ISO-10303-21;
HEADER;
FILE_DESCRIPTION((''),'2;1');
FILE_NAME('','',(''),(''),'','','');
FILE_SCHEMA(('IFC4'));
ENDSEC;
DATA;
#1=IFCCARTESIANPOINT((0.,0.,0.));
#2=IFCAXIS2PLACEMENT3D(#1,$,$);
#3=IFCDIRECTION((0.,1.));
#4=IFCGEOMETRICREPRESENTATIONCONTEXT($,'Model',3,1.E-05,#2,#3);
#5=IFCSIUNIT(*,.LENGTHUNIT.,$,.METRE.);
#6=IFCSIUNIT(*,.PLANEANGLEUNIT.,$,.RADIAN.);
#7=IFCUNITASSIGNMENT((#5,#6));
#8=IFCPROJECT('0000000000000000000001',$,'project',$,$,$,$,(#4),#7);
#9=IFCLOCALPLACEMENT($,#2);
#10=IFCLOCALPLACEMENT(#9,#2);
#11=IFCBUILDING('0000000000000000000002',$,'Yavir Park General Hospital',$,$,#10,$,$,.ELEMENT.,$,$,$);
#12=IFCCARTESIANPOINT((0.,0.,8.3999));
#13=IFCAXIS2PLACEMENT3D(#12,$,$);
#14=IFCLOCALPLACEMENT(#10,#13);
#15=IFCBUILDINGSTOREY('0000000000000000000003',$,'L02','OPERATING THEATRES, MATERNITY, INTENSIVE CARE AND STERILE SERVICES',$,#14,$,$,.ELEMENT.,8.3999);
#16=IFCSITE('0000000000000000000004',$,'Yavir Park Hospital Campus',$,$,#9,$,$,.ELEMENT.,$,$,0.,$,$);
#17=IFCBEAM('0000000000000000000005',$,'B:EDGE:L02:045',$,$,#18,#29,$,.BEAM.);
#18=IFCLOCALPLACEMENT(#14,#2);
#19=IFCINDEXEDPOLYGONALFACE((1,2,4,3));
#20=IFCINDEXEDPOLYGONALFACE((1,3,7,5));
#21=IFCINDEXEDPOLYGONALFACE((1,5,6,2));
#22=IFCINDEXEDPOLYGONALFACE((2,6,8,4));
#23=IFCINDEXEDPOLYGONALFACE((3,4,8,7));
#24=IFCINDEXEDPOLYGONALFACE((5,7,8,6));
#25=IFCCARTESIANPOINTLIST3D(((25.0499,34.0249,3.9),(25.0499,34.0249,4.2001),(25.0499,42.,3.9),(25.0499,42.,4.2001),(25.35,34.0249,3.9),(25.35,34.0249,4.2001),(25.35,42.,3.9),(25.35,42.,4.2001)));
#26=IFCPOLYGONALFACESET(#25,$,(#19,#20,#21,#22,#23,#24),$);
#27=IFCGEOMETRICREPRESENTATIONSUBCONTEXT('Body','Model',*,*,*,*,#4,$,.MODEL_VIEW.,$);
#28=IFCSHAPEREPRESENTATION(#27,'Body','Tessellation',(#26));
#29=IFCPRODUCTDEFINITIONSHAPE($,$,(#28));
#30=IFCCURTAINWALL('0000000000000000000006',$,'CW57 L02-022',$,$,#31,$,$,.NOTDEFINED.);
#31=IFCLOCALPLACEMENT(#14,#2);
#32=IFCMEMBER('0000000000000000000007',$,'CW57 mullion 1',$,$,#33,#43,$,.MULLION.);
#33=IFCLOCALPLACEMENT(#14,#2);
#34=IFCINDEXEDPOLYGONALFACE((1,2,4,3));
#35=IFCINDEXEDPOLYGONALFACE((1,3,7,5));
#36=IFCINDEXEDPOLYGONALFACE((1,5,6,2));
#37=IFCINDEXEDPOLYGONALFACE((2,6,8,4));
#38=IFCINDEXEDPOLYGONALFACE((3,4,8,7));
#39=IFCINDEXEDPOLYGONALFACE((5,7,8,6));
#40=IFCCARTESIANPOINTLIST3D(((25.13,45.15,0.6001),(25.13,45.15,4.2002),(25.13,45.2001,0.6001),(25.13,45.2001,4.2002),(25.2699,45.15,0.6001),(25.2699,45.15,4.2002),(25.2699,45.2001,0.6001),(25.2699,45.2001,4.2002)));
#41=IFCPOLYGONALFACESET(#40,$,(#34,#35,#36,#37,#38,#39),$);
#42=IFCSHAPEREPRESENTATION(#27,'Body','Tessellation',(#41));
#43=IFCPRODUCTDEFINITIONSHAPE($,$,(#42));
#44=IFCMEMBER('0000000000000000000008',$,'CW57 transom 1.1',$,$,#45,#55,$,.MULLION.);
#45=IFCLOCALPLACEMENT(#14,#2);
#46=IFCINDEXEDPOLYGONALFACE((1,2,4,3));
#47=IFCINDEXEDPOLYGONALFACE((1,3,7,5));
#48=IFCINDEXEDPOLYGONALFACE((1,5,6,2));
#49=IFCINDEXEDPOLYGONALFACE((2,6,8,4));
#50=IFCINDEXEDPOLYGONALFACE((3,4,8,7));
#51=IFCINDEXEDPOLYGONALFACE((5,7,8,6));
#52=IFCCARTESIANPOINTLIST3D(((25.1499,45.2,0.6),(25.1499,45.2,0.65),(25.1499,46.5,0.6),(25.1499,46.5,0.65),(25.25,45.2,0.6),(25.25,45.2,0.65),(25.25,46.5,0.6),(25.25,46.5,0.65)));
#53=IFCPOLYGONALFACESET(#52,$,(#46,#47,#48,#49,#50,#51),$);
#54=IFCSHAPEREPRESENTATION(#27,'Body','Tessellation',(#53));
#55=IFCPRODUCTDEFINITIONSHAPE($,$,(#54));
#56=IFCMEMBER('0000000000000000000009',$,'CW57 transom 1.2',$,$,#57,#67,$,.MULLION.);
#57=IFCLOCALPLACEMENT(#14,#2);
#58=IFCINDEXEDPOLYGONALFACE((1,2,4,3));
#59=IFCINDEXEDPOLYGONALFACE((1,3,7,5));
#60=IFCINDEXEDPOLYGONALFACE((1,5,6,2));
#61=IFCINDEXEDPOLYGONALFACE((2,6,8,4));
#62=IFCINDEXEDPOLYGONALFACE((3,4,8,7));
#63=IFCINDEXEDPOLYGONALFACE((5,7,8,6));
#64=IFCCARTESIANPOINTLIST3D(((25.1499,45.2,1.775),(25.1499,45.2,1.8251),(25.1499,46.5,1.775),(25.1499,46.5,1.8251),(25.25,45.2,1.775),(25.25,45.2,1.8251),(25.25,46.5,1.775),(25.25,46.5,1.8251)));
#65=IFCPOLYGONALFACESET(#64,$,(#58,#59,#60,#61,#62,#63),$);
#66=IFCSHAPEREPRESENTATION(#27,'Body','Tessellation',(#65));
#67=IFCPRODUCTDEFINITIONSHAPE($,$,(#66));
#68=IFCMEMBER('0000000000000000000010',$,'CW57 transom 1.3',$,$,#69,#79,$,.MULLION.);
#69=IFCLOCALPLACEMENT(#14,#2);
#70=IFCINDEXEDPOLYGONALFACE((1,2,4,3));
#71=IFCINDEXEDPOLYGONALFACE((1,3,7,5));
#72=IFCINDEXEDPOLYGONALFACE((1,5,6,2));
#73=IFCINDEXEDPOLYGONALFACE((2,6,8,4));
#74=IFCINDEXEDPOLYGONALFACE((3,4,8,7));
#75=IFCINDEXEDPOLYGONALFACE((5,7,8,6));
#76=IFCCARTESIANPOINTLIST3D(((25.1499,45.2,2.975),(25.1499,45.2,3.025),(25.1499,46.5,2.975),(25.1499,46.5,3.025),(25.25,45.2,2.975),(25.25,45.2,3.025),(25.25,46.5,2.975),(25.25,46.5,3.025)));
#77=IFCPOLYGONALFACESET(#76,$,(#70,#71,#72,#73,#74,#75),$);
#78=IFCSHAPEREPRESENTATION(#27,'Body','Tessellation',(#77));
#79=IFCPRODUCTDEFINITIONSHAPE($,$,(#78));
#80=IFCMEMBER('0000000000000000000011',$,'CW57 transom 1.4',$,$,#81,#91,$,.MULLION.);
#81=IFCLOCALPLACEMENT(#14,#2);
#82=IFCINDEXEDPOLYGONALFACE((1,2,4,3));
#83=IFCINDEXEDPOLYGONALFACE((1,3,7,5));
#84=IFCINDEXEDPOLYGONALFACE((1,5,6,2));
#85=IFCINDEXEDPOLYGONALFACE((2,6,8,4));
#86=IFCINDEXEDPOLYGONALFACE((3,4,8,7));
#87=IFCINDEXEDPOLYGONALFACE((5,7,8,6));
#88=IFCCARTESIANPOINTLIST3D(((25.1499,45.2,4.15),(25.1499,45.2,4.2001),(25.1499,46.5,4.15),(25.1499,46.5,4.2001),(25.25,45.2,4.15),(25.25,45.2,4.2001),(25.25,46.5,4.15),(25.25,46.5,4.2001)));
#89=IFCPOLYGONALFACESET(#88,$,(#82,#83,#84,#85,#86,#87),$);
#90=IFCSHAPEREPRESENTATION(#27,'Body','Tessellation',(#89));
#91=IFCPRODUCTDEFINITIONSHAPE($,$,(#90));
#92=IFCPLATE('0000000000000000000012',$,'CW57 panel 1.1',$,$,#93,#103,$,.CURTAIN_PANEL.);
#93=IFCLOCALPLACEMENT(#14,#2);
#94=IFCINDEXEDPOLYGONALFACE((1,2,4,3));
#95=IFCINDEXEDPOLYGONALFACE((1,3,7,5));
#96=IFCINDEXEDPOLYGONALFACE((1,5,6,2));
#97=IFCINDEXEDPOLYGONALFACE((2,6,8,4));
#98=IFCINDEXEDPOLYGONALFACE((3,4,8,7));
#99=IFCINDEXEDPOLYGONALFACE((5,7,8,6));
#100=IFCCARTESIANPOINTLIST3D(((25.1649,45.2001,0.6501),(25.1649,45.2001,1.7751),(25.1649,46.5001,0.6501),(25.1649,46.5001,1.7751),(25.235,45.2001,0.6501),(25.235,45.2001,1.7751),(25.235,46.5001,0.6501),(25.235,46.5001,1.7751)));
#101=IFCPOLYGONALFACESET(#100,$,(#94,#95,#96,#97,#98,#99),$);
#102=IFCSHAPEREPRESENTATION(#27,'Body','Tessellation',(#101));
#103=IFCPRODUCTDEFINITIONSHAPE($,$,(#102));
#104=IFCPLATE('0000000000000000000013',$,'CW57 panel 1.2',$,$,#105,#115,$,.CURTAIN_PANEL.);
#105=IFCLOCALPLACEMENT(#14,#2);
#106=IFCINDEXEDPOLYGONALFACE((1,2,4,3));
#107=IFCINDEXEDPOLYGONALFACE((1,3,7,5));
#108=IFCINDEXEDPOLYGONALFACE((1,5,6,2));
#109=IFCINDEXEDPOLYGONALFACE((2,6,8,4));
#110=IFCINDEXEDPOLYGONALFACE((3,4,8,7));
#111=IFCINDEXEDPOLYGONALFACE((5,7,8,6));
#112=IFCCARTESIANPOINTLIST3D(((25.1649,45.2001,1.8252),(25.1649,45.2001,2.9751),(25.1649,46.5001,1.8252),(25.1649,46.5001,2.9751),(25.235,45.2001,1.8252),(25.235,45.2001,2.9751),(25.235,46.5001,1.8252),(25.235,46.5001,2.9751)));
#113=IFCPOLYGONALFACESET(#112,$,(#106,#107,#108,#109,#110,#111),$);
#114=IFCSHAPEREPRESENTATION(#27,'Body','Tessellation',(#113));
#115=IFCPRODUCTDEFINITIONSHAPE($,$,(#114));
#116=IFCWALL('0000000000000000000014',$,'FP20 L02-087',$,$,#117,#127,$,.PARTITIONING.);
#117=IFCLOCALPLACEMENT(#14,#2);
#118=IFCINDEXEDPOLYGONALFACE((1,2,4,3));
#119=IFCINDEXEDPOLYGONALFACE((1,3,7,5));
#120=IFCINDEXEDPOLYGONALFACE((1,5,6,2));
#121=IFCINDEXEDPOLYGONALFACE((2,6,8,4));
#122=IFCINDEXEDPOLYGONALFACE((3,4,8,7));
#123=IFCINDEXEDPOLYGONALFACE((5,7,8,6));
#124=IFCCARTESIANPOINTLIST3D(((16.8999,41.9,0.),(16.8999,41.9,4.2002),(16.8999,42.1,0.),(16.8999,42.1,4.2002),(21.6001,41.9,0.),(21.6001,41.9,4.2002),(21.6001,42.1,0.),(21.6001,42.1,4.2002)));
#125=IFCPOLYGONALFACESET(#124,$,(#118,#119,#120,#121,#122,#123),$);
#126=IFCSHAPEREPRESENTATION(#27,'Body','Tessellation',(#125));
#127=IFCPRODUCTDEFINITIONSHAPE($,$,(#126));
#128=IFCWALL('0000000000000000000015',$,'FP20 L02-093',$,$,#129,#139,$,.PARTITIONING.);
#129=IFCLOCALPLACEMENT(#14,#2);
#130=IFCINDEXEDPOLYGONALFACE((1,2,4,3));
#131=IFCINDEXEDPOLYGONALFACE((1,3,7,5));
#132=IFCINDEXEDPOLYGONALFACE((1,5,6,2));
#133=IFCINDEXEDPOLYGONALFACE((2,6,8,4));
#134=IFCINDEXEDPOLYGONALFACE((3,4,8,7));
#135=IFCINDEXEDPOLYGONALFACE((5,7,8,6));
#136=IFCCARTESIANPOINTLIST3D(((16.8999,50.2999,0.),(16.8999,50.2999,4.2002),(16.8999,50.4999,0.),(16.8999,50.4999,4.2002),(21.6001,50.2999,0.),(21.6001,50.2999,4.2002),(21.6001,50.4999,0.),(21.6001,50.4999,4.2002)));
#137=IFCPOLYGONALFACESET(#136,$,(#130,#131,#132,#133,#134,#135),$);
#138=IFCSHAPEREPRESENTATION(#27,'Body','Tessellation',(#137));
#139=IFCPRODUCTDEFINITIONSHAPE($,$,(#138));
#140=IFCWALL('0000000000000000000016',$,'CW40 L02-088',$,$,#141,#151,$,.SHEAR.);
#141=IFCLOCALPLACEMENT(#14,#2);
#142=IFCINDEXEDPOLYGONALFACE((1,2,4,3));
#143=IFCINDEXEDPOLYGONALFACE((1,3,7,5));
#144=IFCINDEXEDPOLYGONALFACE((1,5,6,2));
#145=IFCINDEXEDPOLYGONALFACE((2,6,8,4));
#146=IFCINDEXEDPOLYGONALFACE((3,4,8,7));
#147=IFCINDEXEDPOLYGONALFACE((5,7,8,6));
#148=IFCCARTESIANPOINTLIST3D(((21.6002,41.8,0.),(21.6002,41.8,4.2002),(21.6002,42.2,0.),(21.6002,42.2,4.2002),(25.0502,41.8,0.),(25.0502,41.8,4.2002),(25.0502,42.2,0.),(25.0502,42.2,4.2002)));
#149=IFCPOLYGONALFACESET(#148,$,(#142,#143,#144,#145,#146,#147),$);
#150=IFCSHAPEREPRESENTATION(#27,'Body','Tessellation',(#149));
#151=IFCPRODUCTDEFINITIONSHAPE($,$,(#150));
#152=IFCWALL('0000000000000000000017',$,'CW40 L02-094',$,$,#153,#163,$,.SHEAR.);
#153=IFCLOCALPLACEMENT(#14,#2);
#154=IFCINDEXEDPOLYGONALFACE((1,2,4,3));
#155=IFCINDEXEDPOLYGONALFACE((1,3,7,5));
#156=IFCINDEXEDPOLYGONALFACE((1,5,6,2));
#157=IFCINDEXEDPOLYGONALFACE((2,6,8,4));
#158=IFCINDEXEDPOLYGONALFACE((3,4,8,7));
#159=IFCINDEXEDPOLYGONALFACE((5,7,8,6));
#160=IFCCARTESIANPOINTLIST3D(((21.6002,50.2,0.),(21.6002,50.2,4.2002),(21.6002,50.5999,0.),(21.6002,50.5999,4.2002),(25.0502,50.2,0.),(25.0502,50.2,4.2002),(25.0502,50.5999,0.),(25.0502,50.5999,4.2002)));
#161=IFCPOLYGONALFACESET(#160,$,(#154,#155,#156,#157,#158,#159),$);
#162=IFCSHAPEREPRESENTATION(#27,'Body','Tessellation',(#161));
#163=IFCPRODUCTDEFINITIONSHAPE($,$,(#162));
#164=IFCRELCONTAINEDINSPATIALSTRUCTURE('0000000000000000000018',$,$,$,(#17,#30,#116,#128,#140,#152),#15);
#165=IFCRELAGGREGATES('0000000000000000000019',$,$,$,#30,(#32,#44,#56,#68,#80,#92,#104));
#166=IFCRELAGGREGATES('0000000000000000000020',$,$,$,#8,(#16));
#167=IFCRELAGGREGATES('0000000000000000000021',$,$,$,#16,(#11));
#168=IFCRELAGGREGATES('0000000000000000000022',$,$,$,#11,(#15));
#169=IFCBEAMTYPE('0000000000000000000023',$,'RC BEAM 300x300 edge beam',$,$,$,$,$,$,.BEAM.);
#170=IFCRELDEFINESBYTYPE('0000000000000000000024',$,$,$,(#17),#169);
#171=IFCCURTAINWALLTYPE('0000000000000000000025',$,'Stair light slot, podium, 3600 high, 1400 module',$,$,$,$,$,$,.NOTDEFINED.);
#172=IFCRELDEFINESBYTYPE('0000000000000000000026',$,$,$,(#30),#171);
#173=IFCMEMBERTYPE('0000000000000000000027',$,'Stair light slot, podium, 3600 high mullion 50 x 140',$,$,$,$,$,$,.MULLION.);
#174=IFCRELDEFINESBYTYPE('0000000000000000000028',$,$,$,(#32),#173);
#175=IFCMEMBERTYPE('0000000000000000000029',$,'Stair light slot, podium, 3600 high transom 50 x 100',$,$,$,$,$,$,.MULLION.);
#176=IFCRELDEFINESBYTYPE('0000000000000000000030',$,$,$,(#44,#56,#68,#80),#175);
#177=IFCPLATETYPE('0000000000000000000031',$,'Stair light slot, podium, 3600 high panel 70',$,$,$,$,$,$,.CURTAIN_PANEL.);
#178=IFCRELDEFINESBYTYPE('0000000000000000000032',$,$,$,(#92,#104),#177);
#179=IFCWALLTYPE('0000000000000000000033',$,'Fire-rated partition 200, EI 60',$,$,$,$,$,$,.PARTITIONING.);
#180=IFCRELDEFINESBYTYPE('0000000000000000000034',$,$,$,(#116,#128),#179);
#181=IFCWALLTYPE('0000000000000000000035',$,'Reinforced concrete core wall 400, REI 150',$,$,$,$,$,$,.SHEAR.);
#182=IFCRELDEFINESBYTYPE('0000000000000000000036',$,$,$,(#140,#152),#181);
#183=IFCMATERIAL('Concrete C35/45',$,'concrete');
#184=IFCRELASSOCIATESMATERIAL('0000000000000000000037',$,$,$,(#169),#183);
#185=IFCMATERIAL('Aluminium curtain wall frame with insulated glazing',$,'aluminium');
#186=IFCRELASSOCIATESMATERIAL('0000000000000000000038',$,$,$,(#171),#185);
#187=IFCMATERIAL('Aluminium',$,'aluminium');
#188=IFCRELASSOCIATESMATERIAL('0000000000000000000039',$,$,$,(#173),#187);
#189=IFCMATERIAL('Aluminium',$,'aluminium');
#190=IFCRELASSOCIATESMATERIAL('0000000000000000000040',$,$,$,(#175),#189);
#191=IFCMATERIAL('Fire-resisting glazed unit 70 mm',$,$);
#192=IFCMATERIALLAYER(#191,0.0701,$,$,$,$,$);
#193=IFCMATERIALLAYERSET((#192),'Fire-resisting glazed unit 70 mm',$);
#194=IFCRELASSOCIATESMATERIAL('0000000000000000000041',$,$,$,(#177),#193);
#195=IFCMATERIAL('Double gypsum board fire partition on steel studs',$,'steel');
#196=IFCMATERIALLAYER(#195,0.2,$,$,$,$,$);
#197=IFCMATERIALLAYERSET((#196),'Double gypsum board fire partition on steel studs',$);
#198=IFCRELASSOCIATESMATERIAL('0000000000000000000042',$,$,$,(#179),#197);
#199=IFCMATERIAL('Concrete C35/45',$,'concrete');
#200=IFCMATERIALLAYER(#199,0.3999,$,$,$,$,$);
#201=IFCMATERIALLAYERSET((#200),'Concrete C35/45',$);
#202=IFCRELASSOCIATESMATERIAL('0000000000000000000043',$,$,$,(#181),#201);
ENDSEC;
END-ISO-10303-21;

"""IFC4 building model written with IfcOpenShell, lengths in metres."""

from ifc_helpers import new_model, si_unit, direction, frame, frame_2d, origin, origin_2d, place, context, subcontext, project, spatial, rectangle, extrude, material, layer, layer_set, material_profile, profile_set, type_object, element, aggregate, save


model = new_model("IFC4")

# Units and contexts
model_context = context("Model", 3, precision=1e-05, world=origin(), true_north=direction((0.0, 1.0)))
body_context = subcontext(model_context, "Body", "Model", "MODEL_VIEW")
ifc_project = project(units=[si_unit("LENGTHUNIT", "METRE"), si_unit("PLANEANGLEUNIT", "RADIAN")], contexts=[model_context])

# Site, building, storey
site_placement = place(None, origin())
site = spatial("IfcSite", under=ifc_project, at=site_placement, Name="Yavir Park Hospital Campus", CompositionType="ELEMENT", RefElevation=0.0)
building_placement = place(site_placement, origin())
building = spatial("IfcBuilding", under=site, at=building_placement, Name="Yavir Park General Hospital", CompositionType="ELEMENT")
storey_placement = place(building_placement, frame((0.0, 0.0, 8.3999)))
storey = spatial("IfcBuildingStorey", under=building, at=storey_placement, Name="L02", Description="OPERATING THEATRES, MATERNITY, INTENSIVE CARE AND STERILE SERVICES", CompositionType="ELEMENT", Elevation=8.3999)

# Beam
ifc_material_1 = material(Name="Concrete C35/45", Category="concrete")
ifc_material_profile_1 = material_profile(ifc_material_1, rectangle(XDim=0.3, YDim=0.3, at=origin_2d()), Name="RC300x300")
ifc_profile_set_1 = profile_set([ifc_material_profile_1], Name="Concrete C35/45")
beam_type = type_object("IfcBeamType", Name="RC BEAM 300x300 edge beam", PredefinedType="BEAM", material=ifc_profile_set_1)
beam_placement = place(storey_placement, frame((25.2, 34.0249, 4.05), z_axis=(0.0, 1.0, 0.0), x_axis=(-1.0, 0.0, 0.0)))
element("IfcBeam", 1, at=beam_placement, inside=storey, type_object=beam_type, Name="B:EDGE:L02:045", PredefinedType="BEAM", context=body_context, shape_type="SweptSolid", body=[
    extrude(rectangle(XDim=0.3, YDim=0.3, at=origin_2d()), origin(), (0.0, 0.0, 1.0), 7.9751),
])

# Curtain wall, members, plates
ifc_material_2 = material(Name="Aluminium curtain wall frame with insulated glazing", Category="aluminium")
curtain_wall_type = type_object("IfcCurtainWallType", Name="Stair light slot, podium, 3600 high, 1400 module", PredefinedType="NOTDEFINED", material=ifc_material_2)
curtain_wall_placement = place(storey_placement, origin())
curtain_wall = element("IfcCurtainWall", 2, at=curtain_wall_placement, inside=storey, type_object=curtain_wall_type, Name="CW57 L02-022", PredefinedType="NOTDEFINED")
ifc_material_3 = material(Name="Aluminium", Category="aluminium")
ifc_material_profile_2 = material_profile(ifc_material_3, rectangle(XDim=0.1399, YDim=0.05, at=origin_2d()), Name="AL 50x140")
ifc_profile_set_2 = profile_set([ifc_material_profile_2], Name="Aluminium")
member_type_1 = type_object("IfcMemberType", Name="Stair light slot, podium, 3600 high mullion 50 x 140", PredefinedType="MULLION", material=ifc_profile_set_2)
member_1_placement = place(storey_placement, frame((25.2, 45.175, 0.6001), z_axis=(0.0, 0.0, 1.0), x_axis=(-1.0, 0.0, 0.0)))
member_1 = element("IfcMember", 3, at=member_1_placement, type_object=member_type_1, Name="CW57 mullion 1", PredefinedType="MULLION", context=body_context, shape_type="SweptSolid", body=[
    extrude(rectangle(XDim=0.1399, YDim=0.05, at=origin_2d()), origin(), (0.0, 0.0, 1.0), 3.6001),
])
ifc_material_4 = material(Name="Aluminium", Category="aluminium")
ifc_material_profile_3 = material_profile(ifc_material_4, rectangle(XDim=0.1001, YDim=0.05, at=origin_2d()), Name="AL 100x50")
ifc_profile_set_3 = profile_set([ifc_material_profile_3], Name="Aluminium")
member_type_2 = type_object("IfcMemberType", Name="Stair light slot, podium, 3600 high transom 50 x 100", PredefinedType="MULLION", material=ifc_profile_set_3)
member_2_placement = place(storey_placement, frame((25.2, 45.2, 0.625), z_axis=(0.0, 1.0, 0.0), x_axis=(-1.0, 0.0, 0.0)))
member_2 = element("IfcMember", 4, at=member_2_placement, type_object=member_type_2, Name="CW57 transom 1.1", PredefinedType="MULLION", context=body_context, shape_type="SweptSolid", body=[
    extrude(rectangle(XDim=0.1001, YDim=0.05, at=origin_2d()), origin(), (0.0, 0.0, 1.0), 1.3),
])
member_3_placement = place(storey_placement, frame((25.2, 45.2, 1.8), z_axis=(0.0, 1.0, 0.0), x_axis=(-1.0, 0.0, 0.0)))
member_3 = element("IfcMember", 5, at=member_3_placement, type_object=member_type_2, Name="CW57 transom 1.2", PredefinedType="MULLION", context=body_context, shape_type="SweptSolid", body=[
    extrude(rectangle(XDim=0.1001, YDim=0.05, at=origin_2d()), origin(), (0.0, 0.0, 1.0), 1.3),
])
member_4_placement = place(storey_placement, frame((25.2, 45.2, 3.0), z_axis=(0.0, 1.0, 0.0), x_axis=(-1.0, 0.0, 0.0)))
member_4 = element("IfcMember", 6, at=member_4_placement, type_object=member_type_2, Name="CW57 transom 1.3", PredefinedType="MULLION", context=body_context, shape_type="SweptSolid", body=[
    extrude(rectangle(XDim=0.1001, YDim=0.05, at=origin_2d()), origin(), (0.0, 0.0, 1.0), 1.3),
])
member_5_placement = place(storey_placement, frame((25.2, 45.2, 4.175), z_axis=(0.0, 1.0, 0.0), x_axis=(-1.0, 0.0, 0.0)))
member_5 = element("IfcMember", 7, at=member_5_placement, type_object=member_type_2, Name="CW57 transom 1.4", PredefinedType="MULLION", context=body_context, shape_type="SweptSolid", body=[
    extrude(rectangle(XDim=0.1001, YDim=0.05, at=origin_2d()), origin(), (0.0, 0.0, 1.0), 1.3),
])
ifc_material_5 = material(Name="Fire-resisting glazed unit 70 mm")
ifc_layer_1 = layer(ifc_material_5, 0.0701)
ifc_layer_set_1 = layer_set([ifc_layer_1], Name="Fire-resisting glazed unit 70 mm")
plate_type = type_object("IfcPlateType", Name="Stair light slot, podium, 3600 high panel 70", PredefinedType="CURTAIN_PANEL", material=ifc_layer_set_1)
plate_1_placement = place(storey_placement, frame((25.2, 45.8501, 0.6501), z_axis=(0.0, 0.0, 1.0), x_axis=(0.0, 1.0, 0.0)))
plate_1 = element("IfcPlate", 8, at=plate_1_placement, type_object=plate_type, Name="CW57 panel 1.1", PredefinedType="CURTAIN_PANEL", context=body_context, shape_type="SweptSolid", body=[
    extrude(rectangle(XDim=1.3, YDim=0.0701, at=origin_2d()), origin(), (0.0, 0.0, 1.0), 1.125),
])
plate_2_placement = place(storey_placement, frame((25.2, 45.8501, 1.8252), z_axis=(0.0, 0.0, 1.0), x_axis=(0.0, 1.0, 0.0)))
plate_2 = element("IfcPlate", 9, at=plate_2_placement, type_object=plate_type, Name="CW57 panel 1.2", PredefinedType="CURTAIN_PANEL", context=body_context, shape_type="SweptSolid", body=[
    extrude(rectangle(XDim=1.3, YDim=0.0701, at=origin_2d()), origin(), (0.0, 0.0, 1.0), 1.1499),
])
aggregate(curtain_wall, [member_1, member_2, member_3, member_4, member_5, plate_1, plate_2])

# Walls
ifc_material_6 = material(Name="Double gypsum board fire partition on steel studs", Category="steel")
ifc_layer_2 = layer(ifc_material_6, 0.2)
ifc_layer_set_2 = layer_set([ifc_layer_2], Name="Double gypsum board fire partition on steel studs")
wall_type_1 = type_object("IfcWallType", Name="Fire-rated partition 200, EI 60", PredefinedType="PARTITIONING", material=ifc_layer_set_2)
for number, where, z_axis, x_axis, name in (
    (10, (16.8999, 42.0, 0.0), (0.0, 0.0, 1.0), (1.0, 0.0, 0.0), "FP20 L02-087"),
    (11, (16.8999, 50.3999, 0.0), (0.0, 0.0, 1.0), (1.0, 0.0, 0.0), "FP20 L02-093"),
):
    element("IfcWall", number, at=place(storey_placement, frame(where, z_axis=z_axis, x_axis=x_axis)), inside=storey, type_object=wall_type_1, Name=name, PredefinedType="PARTITIONING", context=body_context, shape_type="SweptSolid", body=[
        extrude(rectangle(XDim=4.7002, YDim=0.2, at=frame_2d((2.3501, 0.0))), origin(), (0.0, 0.0, 1.0), 4.2002),
    ])
ifc_material_7 = material(Name="Concrete C35/45", Category="concrete")
ifc_layer_3 = layer(ifc_material_7, 0.3999)
ifc_layer_set_3 = layer_set([ifc_layer_3], Name="Concrete C35/45")
wall_type_2 = type_object("IfcWallType", Name="Reinforced concrete core wall 400, REI 150", PredefinedType="SHEAR", material=ifc_layer_set_3)
for number, where, z_axis, x_axis, name in (
    (12, (21.6001, 42.0, 0.0), (0.0, 0.0, 1.0), (1.0, 0.0, 0.0), "CW40 L02-088"),
    (13, (21.6001, 50.3999, 0.0), (0.0, 0.0, 1.0), (1.0, 0.0, 0.0), "CW40 L02-094"),
):
    element("IfcWall", number, at=place(storey_placement, frame(where, z_axis=z_axis, x_axis=x_axis)), inside=storey, type_object=wall_type_2, Name=name, PredefinedType="SHEAR", context=body_context, shape_type="SweptSolid", body=[
        extrude(rectangle(XDim=3.45, YDim=0.3999, at=frame_2d((1.7251, 0.0))), origin(), (0.0, 0.0, 1.0), 4.2002),
    ])

save(model, "model.ifc")
